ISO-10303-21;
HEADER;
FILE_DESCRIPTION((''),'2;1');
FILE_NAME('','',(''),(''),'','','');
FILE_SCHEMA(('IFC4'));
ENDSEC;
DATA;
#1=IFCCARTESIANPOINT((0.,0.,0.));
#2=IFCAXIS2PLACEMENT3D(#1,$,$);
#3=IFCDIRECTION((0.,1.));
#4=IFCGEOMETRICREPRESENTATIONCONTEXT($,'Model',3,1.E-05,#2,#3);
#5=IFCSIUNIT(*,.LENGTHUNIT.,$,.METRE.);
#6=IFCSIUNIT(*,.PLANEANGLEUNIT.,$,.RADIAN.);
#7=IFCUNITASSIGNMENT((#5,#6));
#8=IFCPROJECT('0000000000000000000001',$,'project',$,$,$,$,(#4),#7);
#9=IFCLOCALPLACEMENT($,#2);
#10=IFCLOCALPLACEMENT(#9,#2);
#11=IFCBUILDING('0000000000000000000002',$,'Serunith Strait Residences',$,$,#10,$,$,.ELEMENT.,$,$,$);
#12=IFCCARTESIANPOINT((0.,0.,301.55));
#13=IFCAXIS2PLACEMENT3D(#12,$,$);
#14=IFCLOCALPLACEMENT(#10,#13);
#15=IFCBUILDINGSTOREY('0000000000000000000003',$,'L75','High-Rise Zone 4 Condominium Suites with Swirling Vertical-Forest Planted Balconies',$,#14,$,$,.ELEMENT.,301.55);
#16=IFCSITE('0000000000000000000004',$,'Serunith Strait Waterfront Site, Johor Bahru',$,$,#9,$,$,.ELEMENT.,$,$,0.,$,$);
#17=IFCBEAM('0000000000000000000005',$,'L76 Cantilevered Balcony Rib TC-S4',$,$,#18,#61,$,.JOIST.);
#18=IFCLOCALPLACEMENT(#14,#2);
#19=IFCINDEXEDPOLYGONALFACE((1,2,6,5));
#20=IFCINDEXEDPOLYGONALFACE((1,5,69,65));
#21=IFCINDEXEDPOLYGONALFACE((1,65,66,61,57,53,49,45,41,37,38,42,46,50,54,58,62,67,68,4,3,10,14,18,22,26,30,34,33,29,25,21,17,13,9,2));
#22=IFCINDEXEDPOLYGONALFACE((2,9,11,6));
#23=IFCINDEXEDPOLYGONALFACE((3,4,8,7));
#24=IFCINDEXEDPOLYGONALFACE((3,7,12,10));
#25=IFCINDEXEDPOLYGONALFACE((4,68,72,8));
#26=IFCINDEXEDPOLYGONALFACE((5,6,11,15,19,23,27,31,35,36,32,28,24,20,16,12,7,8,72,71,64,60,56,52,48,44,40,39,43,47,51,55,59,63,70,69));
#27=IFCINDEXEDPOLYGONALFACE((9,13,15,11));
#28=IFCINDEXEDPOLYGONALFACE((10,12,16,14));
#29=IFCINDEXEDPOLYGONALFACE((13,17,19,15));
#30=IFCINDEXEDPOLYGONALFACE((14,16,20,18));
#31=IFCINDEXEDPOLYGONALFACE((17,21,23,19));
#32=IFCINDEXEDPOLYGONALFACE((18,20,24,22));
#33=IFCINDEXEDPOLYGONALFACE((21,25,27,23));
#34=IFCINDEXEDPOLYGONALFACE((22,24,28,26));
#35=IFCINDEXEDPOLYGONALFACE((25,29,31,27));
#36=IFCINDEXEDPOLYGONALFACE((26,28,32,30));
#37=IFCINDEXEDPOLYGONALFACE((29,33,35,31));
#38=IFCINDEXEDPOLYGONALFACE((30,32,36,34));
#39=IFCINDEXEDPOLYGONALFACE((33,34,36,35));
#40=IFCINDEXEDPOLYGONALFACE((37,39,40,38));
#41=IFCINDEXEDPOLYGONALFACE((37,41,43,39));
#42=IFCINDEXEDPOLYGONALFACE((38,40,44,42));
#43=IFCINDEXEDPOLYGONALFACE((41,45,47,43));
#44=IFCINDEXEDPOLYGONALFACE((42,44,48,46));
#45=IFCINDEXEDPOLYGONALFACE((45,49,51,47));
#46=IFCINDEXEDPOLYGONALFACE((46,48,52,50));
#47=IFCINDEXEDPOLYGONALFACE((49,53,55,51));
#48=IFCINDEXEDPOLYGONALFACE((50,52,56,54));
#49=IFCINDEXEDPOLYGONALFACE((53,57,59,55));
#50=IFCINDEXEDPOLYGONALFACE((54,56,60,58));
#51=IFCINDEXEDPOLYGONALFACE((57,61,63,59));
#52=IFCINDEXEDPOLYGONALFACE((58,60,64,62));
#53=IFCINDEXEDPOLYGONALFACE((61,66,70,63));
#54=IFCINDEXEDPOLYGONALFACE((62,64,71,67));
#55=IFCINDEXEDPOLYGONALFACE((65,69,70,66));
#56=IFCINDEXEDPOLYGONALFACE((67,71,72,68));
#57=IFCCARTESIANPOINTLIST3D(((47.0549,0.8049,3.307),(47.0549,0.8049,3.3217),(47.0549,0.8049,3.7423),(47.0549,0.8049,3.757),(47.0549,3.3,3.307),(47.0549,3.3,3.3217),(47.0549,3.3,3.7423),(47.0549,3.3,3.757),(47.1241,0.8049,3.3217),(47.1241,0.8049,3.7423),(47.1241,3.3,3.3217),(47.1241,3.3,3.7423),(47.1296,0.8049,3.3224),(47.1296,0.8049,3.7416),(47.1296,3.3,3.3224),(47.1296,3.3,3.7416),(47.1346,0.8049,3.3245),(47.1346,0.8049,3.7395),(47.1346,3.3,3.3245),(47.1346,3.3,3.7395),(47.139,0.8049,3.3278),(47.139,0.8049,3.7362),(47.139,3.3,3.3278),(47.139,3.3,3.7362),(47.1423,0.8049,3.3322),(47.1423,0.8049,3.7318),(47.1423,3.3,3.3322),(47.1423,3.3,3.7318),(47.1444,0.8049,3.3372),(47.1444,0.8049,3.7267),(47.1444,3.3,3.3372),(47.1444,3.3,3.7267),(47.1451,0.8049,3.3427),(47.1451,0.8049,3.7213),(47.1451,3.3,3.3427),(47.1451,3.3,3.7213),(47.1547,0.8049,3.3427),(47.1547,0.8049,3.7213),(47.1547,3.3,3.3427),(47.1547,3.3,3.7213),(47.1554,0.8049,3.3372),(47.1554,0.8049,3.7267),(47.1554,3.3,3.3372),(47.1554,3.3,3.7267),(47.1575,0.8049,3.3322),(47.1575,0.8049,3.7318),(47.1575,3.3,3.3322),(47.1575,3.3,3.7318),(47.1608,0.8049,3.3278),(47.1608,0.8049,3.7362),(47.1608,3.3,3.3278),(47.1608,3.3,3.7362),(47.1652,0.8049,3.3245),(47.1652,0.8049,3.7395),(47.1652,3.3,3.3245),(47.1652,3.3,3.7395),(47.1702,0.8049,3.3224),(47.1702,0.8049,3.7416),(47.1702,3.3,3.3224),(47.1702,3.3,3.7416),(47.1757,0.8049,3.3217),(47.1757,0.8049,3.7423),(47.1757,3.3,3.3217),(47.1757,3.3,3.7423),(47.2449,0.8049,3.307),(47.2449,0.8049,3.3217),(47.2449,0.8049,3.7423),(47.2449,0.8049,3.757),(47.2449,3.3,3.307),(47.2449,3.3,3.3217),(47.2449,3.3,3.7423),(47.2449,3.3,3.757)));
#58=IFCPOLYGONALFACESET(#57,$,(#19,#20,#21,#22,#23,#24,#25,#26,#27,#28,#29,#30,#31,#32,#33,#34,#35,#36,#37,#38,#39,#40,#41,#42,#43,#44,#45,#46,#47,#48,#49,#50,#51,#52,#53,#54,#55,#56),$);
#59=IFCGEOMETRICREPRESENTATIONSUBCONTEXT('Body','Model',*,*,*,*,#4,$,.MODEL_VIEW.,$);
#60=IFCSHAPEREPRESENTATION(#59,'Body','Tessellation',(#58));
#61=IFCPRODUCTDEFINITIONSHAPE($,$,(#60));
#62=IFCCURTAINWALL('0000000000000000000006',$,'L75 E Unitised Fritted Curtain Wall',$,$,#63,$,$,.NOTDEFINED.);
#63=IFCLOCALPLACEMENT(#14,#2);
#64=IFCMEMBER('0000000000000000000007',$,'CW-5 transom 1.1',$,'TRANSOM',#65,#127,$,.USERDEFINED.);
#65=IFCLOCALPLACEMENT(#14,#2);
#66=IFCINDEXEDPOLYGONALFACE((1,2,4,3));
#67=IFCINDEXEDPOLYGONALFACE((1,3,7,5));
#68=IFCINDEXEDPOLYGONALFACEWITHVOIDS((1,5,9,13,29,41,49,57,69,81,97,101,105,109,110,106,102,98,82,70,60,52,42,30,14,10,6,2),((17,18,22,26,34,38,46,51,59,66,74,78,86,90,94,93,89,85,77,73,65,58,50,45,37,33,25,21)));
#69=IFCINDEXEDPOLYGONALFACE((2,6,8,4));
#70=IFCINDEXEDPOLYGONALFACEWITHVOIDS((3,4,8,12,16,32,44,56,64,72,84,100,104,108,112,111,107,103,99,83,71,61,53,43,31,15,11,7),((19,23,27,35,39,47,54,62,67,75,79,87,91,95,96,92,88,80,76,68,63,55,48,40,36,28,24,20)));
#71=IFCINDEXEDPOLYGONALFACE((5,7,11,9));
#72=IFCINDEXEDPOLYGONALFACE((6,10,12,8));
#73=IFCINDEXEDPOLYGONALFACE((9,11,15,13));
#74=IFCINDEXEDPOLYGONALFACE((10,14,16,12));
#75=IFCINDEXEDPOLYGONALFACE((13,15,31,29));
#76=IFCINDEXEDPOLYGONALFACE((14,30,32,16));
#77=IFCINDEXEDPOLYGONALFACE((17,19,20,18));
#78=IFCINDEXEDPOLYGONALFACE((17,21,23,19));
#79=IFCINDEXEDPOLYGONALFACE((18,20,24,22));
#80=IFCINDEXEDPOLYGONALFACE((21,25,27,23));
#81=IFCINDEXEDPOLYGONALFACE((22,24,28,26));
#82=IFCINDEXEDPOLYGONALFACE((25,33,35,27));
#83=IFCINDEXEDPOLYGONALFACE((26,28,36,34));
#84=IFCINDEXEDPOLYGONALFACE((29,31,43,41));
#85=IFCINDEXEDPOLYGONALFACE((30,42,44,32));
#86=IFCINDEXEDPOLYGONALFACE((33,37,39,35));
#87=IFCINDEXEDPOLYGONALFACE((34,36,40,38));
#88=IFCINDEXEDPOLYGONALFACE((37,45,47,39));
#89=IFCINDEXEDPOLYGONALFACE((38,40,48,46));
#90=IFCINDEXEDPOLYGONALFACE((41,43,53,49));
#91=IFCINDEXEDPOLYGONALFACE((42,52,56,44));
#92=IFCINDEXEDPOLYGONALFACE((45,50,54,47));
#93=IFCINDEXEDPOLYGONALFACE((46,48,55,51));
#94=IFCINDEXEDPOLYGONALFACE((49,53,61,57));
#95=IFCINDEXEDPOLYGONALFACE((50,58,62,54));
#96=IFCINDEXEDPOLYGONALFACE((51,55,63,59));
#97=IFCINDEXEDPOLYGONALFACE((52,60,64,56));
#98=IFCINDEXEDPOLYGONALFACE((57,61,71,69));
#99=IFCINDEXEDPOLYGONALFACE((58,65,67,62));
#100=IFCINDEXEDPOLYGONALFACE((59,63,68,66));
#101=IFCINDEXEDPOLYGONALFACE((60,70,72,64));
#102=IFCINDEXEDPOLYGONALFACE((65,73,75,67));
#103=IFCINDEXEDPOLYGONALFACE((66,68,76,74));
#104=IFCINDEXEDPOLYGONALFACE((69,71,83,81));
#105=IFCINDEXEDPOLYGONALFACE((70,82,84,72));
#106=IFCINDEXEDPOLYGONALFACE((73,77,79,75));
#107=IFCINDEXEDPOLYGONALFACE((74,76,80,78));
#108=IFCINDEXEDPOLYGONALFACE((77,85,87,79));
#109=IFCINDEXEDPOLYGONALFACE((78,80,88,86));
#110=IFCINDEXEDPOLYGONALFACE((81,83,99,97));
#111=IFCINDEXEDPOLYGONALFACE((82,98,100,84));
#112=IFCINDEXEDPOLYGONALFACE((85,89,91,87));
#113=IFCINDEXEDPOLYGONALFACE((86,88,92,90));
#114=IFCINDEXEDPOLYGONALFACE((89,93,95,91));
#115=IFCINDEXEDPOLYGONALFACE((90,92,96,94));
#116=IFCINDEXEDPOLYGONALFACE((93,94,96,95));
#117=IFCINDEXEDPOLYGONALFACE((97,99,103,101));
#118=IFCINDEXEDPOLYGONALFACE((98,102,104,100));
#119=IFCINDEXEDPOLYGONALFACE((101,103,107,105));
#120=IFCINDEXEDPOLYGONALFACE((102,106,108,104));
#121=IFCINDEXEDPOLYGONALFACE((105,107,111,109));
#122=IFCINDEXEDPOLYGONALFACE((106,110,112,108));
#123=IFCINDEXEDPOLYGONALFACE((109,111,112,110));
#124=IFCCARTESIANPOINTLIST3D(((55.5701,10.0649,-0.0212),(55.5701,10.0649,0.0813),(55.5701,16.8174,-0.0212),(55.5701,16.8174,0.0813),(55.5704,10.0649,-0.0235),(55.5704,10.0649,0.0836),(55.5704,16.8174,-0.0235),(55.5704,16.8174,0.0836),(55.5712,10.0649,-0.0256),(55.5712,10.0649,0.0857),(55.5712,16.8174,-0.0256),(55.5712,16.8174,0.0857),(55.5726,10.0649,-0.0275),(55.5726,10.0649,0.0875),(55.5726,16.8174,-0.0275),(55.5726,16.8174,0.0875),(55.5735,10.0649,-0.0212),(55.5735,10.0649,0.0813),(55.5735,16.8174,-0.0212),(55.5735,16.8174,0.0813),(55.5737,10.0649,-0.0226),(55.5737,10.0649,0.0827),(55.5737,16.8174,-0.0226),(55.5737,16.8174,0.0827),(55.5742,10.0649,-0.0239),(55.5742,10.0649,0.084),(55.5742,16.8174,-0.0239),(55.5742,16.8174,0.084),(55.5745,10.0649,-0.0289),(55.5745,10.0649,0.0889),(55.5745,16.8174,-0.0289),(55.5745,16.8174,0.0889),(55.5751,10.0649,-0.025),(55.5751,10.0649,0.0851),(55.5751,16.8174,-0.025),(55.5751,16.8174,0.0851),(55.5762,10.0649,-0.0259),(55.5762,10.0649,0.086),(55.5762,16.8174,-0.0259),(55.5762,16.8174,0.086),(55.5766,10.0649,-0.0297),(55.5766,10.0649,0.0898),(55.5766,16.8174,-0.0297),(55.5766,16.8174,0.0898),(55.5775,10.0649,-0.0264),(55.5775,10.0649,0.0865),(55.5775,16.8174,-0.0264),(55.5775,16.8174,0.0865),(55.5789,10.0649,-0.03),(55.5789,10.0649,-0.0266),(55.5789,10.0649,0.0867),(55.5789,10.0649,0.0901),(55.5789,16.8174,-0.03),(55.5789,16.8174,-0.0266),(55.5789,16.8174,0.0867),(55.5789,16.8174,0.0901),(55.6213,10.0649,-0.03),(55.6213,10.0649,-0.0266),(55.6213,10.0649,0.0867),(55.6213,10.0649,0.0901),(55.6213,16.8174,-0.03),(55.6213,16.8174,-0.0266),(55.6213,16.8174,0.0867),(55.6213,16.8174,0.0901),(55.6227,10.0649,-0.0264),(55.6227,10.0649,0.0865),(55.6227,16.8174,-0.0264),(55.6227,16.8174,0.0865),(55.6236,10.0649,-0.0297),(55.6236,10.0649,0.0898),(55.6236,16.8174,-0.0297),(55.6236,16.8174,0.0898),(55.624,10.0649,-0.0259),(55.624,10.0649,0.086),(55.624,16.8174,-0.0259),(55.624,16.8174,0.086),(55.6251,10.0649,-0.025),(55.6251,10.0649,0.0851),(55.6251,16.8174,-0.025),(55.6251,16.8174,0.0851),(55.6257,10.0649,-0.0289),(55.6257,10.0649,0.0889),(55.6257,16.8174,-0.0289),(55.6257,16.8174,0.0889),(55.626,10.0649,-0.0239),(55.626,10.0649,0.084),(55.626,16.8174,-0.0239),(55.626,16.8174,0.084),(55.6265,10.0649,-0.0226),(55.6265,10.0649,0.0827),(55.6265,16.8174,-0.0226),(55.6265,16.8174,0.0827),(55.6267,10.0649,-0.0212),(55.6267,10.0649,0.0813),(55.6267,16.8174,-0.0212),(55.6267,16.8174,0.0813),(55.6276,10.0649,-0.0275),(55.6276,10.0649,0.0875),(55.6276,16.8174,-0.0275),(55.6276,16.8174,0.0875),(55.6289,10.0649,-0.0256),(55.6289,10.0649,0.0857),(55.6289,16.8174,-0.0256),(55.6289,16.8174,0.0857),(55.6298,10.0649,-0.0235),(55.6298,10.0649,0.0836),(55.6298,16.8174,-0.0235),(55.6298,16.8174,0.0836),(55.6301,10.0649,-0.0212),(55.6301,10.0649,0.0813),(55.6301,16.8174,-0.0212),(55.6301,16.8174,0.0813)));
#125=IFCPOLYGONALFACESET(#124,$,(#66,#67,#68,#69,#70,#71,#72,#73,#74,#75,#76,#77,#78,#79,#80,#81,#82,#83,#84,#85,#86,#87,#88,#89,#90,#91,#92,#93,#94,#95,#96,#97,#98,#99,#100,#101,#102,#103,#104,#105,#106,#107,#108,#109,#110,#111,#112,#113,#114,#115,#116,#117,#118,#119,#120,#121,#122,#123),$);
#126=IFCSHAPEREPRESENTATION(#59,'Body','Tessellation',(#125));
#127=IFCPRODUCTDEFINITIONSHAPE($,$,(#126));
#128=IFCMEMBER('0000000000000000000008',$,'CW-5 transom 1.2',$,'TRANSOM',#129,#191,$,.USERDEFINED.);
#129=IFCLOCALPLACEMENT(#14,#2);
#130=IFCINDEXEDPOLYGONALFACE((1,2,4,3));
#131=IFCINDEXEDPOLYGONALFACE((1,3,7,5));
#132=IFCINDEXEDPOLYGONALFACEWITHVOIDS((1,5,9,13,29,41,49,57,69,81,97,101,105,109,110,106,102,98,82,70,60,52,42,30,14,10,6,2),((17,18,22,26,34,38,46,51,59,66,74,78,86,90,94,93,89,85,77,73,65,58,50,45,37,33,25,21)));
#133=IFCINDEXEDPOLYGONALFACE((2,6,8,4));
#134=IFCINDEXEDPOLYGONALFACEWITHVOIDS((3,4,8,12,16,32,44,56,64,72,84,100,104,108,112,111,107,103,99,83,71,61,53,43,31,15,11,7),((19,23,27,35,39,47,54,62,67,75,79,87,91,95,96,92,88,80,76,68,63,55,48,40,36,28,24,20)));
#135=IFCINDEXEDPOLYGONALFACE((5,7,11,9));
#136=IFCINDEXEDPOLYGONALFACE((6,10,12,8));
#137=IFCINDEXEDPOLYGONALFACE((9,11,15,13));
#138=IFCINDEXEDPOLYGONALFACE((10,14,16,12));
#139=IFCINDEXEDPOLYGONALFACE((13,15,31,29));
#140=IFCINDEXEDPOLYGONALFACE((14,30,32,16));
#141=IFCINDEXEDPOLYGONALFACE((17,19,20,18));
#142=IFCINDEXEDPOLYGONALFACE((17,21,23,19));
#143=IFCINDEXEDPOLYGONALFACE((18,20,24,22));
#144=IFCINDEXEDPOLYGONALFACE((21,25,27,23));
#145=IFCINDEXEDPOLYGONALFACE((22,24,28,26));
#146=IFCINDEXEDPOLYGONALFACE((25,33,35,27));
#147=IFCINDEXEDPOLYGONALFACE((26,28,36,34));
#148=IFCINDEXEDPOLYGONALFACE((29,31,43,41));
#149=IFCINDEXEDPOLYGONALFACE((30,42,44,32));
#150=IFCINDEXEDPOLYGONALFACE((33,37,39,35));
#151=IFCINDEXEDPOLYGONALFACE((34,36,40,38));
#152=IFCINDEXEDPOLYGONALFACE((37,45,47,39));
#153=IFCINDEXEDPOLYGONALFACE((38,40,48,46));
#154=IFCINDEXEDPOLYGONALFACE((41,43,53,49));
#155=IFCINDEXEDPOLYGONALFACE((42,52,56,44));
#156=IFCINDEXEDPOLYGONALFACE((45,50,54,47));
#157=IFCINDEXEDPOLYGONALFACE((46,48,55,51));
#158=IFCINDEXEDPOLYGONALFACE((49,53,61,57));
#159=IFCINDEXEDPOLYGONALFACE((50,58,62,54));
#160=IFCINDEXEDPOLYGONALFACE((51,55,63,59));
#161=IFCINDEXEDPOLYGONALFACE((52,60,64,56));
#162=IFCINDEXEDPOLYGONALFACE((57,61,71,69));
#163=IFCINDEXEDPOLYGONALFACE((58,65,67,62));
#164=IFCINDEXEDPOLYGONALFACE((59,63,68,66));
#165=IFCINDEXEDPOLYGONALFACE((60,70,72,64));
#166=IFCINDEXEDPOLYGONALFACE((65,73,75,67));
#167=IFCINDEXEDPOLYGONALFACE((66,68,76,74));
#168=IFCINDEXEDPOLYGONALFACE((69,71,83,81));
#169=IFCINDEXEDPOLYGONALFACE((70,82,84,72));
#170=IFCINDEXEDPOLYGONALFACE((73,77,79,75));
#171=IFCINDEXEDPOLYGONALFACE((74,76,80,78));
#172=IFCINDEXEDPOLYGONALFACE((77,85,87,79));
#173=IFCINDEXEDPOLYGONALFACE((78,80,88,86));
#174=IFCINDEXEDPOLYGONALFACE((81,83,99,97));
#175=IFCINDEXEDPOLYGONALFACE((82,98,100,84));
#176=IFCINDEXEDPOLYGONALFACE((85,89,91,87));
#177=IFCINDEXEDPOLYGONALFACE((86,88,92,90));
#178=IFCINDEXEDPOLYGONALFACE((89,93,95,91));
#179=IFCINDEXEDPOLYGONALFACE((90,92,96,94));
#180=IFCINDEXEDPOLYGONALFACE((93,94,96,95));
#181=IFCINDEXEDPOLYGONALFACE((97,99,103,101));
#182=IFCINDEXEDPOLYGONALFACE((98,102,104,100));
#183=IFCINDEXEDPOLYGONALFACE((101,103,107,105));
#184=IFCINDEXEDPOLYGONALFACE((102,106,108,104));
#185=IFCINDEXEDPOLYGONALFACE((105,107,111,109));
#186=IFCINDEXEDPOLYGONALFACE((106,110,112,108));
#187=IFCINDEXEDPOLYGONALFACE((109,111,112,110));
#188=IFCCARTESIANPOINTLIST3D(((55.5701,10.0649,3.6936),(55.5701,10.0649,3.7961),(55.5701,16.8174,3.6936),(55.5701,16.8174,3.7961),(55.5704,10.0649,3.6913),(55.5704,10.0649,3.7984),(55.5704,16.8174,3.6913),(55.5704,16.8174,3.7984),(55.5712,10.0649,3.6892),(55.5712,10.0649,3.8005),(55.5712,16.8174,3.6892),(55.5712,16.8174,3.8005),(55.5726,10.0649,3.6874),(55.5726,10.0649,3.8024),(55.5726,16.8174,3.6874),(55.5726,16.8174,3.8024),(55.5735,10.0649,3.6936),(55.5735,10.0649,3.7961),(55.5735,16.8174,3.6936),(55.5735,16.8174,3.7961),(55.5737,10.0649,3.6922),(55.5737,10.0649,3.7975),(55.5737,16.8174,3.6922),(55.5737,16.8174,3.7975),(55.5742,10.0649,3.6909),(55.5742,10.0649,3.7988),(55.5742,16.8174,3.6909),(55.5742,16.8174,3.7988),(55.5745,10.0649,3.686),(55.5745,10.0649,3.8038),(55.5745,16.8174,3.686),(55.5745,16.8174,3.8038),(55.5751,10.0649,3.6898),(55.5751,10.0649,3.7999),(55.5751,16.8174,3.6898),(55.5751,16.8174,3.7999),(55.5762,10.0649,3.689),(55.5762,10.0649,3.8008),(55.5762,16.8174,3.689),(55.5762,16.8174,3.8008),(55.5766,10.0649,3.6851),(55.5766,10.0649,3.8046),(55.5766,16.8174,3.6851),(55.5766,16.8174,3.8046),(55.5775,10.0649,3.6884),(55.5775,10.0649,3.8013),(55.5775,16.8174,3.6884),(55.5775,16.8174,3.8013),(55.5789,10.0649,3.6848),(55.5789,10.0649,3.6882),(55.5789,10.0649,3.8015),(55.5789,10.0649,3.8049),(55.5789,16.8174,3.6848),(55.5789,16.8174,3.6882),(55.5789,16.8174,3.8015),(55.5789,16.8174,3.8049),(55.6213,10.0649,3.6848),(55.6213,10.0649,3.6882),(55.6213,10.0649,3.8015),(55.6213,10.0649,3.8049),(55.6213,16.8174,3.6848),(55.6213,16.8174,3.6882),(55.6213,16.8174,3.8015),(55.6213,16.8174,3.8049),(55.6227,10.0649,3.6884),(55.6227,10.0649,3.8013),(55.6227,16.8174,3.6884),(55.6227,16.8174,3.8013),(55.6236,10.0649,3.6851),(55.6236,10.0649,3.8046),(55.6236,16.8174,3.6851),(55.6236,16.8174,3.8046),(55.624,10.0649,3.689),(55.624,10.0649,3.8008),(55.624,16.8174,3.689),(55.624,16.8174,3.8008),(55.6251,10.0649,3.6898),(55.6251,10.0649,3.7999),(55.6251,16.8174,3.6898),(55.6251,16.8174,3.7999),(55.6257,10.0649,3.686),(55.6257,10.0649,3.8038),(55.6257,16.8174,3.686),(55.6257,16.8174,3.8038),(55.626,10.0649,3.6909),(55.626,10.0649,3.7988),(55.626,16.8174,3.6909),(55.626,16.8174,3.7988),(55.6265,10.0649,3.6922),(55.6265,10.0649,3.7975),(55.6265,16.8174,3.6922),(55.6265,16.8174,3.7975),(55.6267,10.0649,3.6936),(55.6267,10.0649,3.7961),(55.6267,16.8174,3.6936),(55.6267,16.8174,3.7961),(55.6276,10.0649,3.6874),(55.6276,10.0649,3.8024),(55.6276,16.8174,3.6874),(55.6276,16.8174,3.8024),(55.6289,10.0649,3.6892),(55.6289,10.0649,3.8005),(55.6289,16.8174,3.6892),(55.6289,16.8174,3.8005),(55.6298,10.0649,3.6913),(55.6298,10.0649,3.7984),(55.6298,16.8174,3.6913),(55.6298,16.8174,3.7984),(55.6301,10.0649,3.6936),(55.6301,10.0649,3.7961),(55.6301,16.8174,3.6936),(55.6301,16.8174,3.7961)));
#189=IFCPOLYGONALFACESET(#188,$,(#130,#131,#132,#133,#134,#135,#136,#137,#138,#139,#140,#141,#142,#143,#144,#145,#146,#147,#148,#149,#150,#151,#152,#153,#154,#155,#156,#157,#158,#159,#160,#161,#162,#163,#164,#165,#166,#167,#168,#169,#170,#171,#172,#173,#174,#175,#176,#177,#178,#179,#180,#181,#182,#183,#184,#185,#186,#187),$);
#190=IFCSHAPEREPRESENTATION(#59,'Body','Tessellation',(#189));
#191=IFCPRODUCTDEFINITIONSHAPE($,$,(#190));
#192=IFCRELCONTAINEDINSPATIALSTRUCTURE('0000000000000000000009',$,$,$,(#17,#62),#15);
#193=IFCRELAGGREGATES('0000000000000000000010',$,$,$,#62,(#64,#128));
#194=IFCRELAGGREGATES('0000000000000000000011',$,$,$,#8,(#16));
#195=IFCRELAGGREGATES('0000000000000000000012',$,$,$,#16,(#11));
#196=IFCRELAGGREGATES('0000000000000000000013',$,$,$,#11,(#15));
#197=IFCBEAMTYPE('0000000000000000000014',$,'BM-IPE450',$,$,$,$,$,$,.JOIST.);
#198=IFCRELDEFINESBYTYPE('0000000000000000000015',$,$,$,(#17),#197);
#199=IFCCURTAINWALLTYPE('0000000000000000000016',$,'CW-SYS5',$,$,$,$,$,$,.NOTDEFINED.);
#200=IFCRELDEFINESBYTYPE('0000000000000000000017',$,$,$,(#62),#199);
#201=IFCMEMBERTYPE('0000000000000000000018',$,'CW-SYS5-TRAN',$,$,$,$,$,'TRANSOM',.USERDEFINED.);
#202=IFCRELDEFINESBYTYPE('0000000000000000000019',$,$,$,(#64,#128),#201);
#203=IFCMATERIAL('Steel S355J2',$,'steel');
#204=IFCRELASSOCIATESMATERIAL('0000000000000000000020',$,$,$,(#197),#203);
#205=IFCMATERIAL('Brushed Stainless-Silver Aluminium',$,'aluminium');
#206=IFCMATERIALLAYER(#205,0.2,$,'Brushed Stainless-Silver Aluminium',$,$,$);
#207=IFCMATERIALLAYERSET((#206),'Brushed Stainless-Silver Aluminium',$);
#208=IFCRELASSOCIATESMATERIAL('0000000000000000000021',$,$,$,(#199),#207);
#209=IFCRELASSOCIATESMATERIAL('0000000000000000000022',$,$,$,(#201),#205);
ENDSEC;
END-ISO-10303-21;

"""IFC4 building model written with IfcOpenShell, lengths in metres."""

from ifc_helpers import new_model, si_unit, direction, frame, origin, origin_2d, place, context, subcontext, project, spatial, hollow_rectangle, i_section, extrude, source, transform, mapped, material, layer, layer_set, material_profile, profile_set, type_object, element, aggregate, save


model = new_model("IFC4")

# Units and contexts
model_context = context("Model", 3, precision=1e-05, world=origin(), true_north=direction((0.0, 1.0)))
body_context = subcontext(model_context, "Body", "Model", "MODEL_VIEW")
ifc_project = project(units=[si_unit("LENGTHUNIT", "METRE"), si_unit("PLANEANGLEUNIT", "RADIAN")], contexts=[model_context])

# Site, building, storey
site_placement = place(None, origin())
site = spatial("IfcSite", under=ifc_project, at=site_placement, Name="Serunith Strait Waterfront Site, Johor Bahru", CompositionType="ELEMENT", RefElevation=0.0)
building_placement = place(site_placement, origin())
building = spatial("IfcBuilding", under=site, at=building_placement, Name="Serunith Strait Residences", CompositionType="ELEMENT")
storey_placement = place(building_placement, frame((0.0, 0.0, 301.55)))
storey = spatial("IfcBuildingStorey", under=building, at=storey_placement, Name="L75", Description="High-Rise Zone 4 Condominium Suites with Swirling Vertical-Forest Planted Balconies", CompositionType="ELEMENT", Elevation=301.55)

# Beam
ifc_material_1 = material(Name="Steel S355J2", Category="steel")
ifc_material_profile_1 = material_profile(ifc_material_1, i_section(OverallWidth=0.1899, OverallDepth=0.45, WebThickness=0.0095, FlangeThickness=0.0146, FilletRadius=0.021, at=origin_2d()), Name="IPE 450")
ifc_profile_set_1 = profile_set([ifc_material_profile_1], Name="Steel S355J2")
beam_type_1 = type_object("IfcBeamType", Name="BM-IPE450", PredefinedType="JOIST", material=ifc_profile_set_1)
shared_shape_1 = source(origin(), body_context, "Body", "SweptSolid", [
    extrude(i_section(OverallWidth=0.1899, OverallDepth=0.45, WebThickness=0.0095, FlangeThickness=0.0146, FilletRadius=0.021, at=origin_2d()), origin(), (0.0, 0.0, 1.0), 2.4951),
])
beam_1_placement = place(storey_placement, frame((47.1499, 3.3, 3.532), z_axis=(0.0, -1.0, 0.0), x_axis=(1.0, 0.0, 0.0)))
element("IfcBeam", 1, at=beam_1_placement, inside=storey, type_object=beam_type_1, Name="L76 Cantilevered Balcony Rib TC-S4", PredefinedType="JOIST", context=body_context, shape_type="MappedRepresentation", body=[
    mapped(shared_shape_1, transform((0.0, 0.0, 0.0), scale=1.0)),
])

# Curtain wall, members
ifc_material_2 = material(Name="Brushed Stainless-Silver Aluminium", Category="aluminium")
ifc_layer_1 = layer(ifc_material_2, 0.2, Name="Brushed Stainless-Silver Aluminium")
ifc_layer_set_1 = layer_set([ifc_layer_1], Name="Brushed Stainless-Silver Aluminium")
curtain_wall_type = type_object("IfcCurtainWallType", Name="CW-SYS5", PredefinedType="NOTDEFINED", material=ifc_layer_set_1)
curtain_wall_1_placement = place(storey_placement, origin())
curtain_wall_1 = element("IfcCurtainWall", 2, at=curtain_wall_1_placement, inside=storey, type_object=curtain_wall_type, Name="L75 E Unitised Fritted Curtain Wall", PredefinedType="NOTDEFINED")
ifc_material_profile_2 = material_profile(ifc_material_2, hollow_rectangle(XDim=0.0601, YDim=0.1201, WallThickness=0.0034, InnerFilletRadius=0.0054, OuterFilletRadius=0.0088, at=origin_2d()), Name="ALU 120x60x3.5")
ifc_profile_set_2 = profile_set([ifc_material_profile_2], Name="Brushed Stainless-Silver Aluminium")
member_type_1 = type_object("IfcMemberType", Name="CW-SYS5-TRAN", ElementType="TRANSOM", PredefinedType="USERDEFINED", material=ifc_profile_set_2)
shared_shape_2 = source(origin(), body_context, "Body", "SweptSolid", [
    extrude(hollow_rectangle(XDim=0.0601, YDim=0.1201, WallThickness=0.0034, InnerFilletRadius=0.0054, OuterFilletRadius=0.0088, at=origin_2d()), origin(), (0.0, 0.0, 1.0), 6.7524),
])
member_1_placement = place(storey_placement, frame((55.6001, 10.0649, 0.03), z_axis=(0.0, 1.0, 0.0), x_axis=(-1.0, 0.0, 0.0)))
member_1 = element("IfcMember", 3, at=member_1_placement, type_object=member_type_1, Name="CW-5 transom 1.1", ObjectType="TRANSOM", PredefinedType="USERDEFINED", context=body_context, shape_type="MappedRepresentation", body=[
    mapped(shared_shape_2, transform((0.0, 0.0, 0.0), scale=1.0)),
])
member_2_placement = place(storey_placement, frame((55.6001, 10.0649, 3.7449), z_axis=(0.0, 1.0, 0.0), x_axis=(-1.0, 0.0, 0.0)))
member_2 = element("IfcMember", 4, at=member_2_placement, type_object=member_type_1, Name="CW-5 transom 1.2", ObjectType="TRANSOM", PredefinedType="USERDEFINED", context=body_context, shape_type="MappedRepresentation", body=[
    mapped(shared_shape_2, transform((0.0, 0.0, 0.0), scale=1.0)),
])

aggregate(curtain_wall_1, [member_1, member_2])

save(model, "model.ifc")
